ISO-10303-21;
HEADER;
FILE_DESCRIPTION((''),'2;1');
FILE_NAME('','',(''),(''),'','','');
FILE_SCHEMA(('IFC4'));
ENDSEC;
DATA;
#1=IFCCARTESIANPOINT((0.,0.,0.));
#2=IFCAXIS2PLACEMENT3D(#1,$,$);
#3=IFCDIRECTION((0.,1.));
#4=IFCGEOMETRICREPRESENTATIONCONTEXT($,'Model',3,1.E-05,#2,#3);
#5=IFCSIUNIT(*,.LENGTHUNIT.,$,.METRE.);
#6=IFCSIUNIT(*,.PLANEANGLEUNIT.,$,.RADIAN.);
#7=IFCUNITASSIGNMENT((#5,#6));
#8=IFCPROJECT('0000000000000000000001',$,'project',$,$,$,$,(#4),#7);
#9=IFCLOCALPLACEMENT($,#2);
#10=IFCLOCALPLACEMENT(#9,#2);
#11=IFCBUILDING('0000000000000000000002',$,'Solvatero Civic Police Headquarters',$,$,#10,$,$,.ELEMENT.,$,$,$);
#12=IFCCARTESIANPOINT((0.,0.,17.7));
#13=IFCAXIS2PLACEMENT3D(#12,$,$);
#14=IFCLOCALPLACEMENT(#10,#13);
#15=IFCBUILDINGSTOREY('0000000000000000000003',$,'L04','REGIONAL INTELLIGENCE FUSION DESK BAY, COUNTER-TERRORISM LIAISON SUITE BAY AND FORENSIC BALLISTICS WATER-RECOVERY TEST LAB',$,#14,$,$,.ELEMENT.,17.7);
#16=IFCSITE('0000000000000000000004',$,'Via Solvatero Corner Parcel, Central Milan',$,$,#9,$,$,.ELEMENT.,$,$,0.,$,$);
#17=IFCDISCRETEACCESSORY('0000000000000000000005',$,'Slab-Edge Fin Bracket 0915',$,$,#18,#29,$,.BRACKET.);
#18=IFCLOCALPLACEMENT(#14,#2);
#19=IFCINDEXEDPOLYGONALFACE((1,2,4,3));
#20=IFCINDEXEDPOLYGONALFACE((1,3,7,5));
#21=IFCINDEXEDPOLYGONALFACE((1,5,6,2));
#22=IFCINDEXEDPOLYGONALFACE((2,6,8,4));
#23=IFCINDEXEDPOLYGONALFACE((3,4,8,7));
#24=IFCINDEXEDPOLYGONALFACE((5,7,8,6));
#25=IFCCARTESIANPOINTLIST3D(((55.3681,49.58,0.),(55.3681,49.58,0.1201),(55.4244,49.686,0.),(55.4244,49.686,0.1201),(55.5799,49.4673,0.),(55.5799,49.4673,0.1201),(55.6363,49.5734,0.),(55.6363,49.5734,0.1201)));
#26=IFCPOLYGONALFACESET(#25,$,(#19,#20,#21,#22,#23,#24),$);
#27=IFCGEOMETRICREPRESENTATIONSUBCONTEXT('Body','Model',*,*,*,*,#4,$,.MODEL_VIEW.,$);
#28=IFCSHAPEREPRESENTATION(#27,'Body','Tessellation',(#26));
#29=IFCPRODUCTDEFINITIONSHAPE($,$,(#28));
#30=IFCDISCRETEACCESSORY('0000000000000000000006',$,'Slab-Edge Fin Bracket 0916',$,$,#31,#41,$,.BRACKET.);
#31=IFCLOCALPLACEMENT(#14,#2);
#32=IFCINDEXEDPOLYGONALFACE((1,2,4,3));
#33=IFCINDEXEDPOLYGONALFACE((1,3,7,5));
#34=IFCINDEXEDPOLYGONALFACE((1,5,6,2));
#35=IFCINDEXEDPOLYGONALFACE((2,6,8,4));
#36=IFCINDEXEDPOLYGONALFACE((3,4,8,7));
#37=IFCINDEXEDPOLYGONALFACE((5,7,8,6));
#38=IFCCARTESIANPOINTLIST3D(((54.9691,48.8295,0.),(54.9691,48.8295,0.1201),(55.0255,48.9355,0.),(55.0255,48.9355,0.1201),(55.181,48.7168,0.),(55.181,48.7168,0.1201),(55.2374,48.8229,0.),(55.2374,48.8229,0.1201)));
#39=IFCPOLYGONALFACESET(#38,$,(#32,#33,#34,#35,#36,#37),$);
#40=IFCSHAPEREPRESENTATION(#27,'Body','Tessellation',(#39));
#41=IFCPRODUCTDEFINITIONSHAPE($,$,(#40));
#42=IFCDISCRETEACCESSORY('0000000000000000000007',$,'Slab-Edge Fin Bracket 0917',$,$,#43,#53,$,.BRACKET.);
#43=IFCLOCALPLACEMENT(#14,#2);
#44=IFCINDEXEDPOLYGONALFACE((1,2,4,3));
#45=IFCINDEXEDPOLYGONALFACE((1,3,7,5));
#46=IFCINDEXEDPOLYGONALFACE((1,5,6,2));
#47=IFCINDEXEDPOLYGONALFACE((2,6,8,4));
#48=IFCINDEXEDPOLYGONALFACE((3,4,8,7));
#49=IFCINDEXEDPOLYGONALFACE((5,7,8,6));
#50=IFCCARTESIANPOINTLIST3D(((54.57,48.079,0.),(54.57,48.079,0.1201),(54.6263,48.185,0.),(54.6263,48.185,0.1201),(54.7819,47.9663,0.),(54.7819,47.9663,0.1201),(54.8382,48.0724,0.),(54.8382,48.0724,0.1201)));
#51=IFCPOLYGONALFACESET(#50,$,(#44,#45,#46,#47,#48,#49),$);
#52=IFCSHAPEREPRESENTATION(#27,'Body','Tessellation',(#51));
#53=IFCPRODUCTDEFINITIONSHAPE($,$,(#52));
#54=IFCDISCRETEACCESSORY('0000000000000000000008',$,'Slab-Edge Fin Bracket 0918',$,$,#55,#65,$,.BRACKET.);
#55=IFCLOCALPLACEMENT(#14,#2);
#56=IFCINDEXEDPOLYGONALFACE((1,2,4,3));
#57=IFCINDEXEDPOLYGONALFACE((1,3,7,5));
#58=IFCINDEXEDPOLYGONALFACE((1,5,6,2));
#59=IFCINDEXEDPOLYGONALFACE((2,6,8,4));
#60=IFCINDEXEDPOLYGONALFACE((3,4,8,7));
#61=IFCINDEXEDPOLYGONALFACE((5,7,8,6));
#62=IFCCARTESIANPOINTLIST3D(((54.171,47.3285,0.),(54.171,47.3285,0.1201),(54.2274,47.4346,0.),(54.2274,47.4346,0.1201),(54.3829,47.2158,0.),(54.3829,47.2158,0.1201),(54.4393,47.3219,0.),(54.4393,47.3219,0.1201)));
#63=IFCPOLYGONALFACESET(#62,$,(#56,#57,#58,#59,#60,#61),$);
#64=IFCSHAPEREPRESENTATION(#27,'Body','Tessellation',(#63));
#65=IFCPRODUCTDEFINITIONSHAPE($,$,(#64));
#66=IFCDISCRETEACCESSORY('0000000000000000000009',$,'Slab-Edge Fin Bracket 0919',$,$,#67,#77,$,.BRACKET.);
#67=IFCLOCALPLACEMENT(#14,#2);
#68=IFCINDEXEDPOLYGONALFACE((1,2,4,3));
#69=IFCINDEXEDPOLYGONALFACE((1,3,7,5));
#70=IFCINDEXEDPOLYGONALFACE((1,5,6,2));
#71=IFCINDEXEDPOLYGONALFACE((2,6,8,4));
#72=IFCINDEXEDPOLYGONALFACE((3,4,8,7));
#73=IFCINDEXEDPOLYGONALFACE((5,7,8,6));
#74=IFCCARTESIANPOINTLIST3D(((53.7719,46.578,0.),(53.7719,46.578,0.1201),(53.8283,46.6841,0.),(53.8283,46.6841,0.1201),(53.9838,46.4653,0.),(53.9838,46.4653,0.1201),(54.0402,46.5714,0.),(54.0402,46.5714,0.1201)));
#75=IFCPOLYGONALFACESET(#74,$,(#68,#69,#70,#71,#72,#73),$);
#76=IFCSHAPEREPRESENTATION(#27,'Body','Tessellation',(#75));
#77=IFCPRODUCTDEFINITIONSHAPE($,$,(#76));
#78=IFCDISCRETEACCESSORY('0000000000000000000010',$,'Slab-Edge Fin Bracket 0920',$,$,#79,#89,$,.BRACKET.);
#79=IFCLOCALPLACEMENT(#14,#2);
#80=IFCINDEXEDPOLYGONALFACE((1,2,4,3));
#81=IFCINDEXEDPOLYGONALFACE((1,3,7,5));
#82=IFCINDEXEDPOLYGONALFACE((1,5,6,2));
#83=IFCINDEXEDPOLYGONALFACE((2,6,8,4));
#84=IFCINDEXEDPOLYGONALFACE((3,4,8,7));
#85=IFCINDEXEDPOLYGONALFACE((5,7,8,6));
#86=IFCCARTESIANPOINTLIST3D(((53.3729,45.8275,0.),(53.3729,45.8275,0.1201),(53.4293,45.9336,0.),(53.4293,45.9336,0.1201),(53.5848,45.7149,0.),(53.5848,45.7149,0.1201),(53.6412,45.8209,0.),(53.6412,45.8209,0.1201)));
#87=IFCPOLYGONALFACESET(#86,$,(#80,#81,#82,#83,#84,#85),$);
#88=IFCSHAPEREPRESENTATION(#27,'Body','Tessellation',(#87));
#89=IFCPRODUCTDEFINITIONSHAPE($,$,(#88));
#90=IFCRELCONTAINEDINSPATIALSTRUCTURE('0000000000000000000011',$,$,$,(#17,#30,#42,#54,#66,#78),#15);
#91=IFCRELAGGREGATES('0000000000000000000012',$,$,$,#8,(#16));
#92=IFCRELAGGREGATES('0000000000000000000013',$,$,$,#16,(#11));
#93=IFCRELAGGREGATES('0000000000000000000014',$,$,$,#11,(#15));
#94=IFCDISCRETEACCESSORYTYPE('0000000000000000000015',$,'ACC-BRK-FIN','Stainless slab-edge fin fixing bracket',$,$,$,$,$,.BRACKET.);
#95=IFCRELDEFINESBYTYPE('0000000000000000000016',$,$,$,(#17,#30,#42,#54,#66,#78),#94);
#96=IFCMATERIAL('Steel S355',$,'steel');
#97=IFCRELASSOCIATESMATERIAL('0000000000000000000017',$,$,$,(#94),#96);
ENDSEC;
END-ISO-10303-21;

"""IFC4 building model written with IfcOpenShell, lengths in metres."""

from ifc_helpers import new_model, si_unit, direction, frame, origin, origin_2d, place, context, subcontext, project, spatial, rectangle, extrude, material, type_object, element, save


model = new_model("IFC4")

# Units and contexts
model_context = context("Model", 3, precision=1e-05, world=origin(), true_north=direction((0.0, 1.0)))
body_context = subcontext(model_context, "Body", "Model", "MODEL_VIEW")
ifc_project = project(units=[si_unit("LENGTHUNIT", "METRE"), si_unit("PLANEANGLEUNIT", "RADIAN")], contexts=[model_context])

# Site, building, storey
site_placement = place(None, origin())
site = spatial("IfcSite", under=ifc_project, at=site_placement, Name="Via Solvatero Corner Parcel, Central Milan", CompositionType="ELEMENT", RefElevation=0.0)
building_placement = place(site_placement, origin())
building = spatial("IfcBuilding", under=site, at=building_placement, Name="Solvatero Civic Police Headquarters", CompositionType="ELEMENT")
storey_placement = place(building_placement, frame((0.0, 0.0, 17.7)))
storey = spatial("IfcBuildingStorey", under=building, at=storey_placement, Name="L04", Description="REGIONAL INTELLIGENCE FUSION DESK BAY, COUNTER-TERRORISM LIAISON SUITE BAY AND FORENSIC BALLISTICS WATER-RECOVERY TEST LAB", CompositionType="ELEMENT", Elevation=17.7)

# Discrete accessories
ifc_material_1 = material(Name="Steel S355", Category="steel")
discrete_accessory_type = type_object("IfcDiscreteAccessoryType", Name="ACC-BRK-FIN", Description="Stainless slab-edge fin fixing bracket", PredefinedType="BRACKET", material=ifc_material_1)
for number, where, z_axis, x_axis, name in (
    (1, (55.5022, 49.5767, 0.0), (0.0, 0.0, 1.0), (-0.469487, -0.882939, 0.0), "Slab-Edge Fin Bracket 0915"),
    (2, (55.1033, 48.8262, 0.0), (0.0, 0.0, 1.0), (-0.469487, -0.882939, 0.0), "Slab-Edge Fin Bracket 0916"),
    (3, (54.7041, 48.0757, 0.0), (0.0, 0.0, 1.0), (-0.469487, -0.882939, 0.0), "Slab-Edge Fin Bracket 0917"),
    (4, (54.3052, 47.3252, 0.0), (0.0, 0.0, 1.0), (-0.469487, -0.882939, 0.0), "Slab-Edge Fin Bracket 0918"),
    (5, (53.906, 46.5747, 0.0), (0.0, 0.0, 1.0), (-0.469487, -0.882939, 0.0), "Slab-Edge Fin Bracket 0919"),
    (6, (53.5071, 45.8242, 0.0), (0.0, 0.0, 1.0), (-0.469487, -0.882939, 0.0), "Slab-Edge Fin Bracket 0920"),
):
    element("IfcDiscreteAccessory", number, at=place(storey_placement, frame(where, z_axis=z_axis, x_axis=x_axis)), inside=storey, type_object=discrete_accessory_type, Name=name, PredefinedType="BRACKET", context=body_context, shape_type="SweptSolid", body=[
        extrude(rectangle(XDim=0.1201, YDim=0.24, at=origin_2d()), origin(), (0.0, 0.0, 1.0), 0.1201),
    ])

save(model, "model.ifc")
